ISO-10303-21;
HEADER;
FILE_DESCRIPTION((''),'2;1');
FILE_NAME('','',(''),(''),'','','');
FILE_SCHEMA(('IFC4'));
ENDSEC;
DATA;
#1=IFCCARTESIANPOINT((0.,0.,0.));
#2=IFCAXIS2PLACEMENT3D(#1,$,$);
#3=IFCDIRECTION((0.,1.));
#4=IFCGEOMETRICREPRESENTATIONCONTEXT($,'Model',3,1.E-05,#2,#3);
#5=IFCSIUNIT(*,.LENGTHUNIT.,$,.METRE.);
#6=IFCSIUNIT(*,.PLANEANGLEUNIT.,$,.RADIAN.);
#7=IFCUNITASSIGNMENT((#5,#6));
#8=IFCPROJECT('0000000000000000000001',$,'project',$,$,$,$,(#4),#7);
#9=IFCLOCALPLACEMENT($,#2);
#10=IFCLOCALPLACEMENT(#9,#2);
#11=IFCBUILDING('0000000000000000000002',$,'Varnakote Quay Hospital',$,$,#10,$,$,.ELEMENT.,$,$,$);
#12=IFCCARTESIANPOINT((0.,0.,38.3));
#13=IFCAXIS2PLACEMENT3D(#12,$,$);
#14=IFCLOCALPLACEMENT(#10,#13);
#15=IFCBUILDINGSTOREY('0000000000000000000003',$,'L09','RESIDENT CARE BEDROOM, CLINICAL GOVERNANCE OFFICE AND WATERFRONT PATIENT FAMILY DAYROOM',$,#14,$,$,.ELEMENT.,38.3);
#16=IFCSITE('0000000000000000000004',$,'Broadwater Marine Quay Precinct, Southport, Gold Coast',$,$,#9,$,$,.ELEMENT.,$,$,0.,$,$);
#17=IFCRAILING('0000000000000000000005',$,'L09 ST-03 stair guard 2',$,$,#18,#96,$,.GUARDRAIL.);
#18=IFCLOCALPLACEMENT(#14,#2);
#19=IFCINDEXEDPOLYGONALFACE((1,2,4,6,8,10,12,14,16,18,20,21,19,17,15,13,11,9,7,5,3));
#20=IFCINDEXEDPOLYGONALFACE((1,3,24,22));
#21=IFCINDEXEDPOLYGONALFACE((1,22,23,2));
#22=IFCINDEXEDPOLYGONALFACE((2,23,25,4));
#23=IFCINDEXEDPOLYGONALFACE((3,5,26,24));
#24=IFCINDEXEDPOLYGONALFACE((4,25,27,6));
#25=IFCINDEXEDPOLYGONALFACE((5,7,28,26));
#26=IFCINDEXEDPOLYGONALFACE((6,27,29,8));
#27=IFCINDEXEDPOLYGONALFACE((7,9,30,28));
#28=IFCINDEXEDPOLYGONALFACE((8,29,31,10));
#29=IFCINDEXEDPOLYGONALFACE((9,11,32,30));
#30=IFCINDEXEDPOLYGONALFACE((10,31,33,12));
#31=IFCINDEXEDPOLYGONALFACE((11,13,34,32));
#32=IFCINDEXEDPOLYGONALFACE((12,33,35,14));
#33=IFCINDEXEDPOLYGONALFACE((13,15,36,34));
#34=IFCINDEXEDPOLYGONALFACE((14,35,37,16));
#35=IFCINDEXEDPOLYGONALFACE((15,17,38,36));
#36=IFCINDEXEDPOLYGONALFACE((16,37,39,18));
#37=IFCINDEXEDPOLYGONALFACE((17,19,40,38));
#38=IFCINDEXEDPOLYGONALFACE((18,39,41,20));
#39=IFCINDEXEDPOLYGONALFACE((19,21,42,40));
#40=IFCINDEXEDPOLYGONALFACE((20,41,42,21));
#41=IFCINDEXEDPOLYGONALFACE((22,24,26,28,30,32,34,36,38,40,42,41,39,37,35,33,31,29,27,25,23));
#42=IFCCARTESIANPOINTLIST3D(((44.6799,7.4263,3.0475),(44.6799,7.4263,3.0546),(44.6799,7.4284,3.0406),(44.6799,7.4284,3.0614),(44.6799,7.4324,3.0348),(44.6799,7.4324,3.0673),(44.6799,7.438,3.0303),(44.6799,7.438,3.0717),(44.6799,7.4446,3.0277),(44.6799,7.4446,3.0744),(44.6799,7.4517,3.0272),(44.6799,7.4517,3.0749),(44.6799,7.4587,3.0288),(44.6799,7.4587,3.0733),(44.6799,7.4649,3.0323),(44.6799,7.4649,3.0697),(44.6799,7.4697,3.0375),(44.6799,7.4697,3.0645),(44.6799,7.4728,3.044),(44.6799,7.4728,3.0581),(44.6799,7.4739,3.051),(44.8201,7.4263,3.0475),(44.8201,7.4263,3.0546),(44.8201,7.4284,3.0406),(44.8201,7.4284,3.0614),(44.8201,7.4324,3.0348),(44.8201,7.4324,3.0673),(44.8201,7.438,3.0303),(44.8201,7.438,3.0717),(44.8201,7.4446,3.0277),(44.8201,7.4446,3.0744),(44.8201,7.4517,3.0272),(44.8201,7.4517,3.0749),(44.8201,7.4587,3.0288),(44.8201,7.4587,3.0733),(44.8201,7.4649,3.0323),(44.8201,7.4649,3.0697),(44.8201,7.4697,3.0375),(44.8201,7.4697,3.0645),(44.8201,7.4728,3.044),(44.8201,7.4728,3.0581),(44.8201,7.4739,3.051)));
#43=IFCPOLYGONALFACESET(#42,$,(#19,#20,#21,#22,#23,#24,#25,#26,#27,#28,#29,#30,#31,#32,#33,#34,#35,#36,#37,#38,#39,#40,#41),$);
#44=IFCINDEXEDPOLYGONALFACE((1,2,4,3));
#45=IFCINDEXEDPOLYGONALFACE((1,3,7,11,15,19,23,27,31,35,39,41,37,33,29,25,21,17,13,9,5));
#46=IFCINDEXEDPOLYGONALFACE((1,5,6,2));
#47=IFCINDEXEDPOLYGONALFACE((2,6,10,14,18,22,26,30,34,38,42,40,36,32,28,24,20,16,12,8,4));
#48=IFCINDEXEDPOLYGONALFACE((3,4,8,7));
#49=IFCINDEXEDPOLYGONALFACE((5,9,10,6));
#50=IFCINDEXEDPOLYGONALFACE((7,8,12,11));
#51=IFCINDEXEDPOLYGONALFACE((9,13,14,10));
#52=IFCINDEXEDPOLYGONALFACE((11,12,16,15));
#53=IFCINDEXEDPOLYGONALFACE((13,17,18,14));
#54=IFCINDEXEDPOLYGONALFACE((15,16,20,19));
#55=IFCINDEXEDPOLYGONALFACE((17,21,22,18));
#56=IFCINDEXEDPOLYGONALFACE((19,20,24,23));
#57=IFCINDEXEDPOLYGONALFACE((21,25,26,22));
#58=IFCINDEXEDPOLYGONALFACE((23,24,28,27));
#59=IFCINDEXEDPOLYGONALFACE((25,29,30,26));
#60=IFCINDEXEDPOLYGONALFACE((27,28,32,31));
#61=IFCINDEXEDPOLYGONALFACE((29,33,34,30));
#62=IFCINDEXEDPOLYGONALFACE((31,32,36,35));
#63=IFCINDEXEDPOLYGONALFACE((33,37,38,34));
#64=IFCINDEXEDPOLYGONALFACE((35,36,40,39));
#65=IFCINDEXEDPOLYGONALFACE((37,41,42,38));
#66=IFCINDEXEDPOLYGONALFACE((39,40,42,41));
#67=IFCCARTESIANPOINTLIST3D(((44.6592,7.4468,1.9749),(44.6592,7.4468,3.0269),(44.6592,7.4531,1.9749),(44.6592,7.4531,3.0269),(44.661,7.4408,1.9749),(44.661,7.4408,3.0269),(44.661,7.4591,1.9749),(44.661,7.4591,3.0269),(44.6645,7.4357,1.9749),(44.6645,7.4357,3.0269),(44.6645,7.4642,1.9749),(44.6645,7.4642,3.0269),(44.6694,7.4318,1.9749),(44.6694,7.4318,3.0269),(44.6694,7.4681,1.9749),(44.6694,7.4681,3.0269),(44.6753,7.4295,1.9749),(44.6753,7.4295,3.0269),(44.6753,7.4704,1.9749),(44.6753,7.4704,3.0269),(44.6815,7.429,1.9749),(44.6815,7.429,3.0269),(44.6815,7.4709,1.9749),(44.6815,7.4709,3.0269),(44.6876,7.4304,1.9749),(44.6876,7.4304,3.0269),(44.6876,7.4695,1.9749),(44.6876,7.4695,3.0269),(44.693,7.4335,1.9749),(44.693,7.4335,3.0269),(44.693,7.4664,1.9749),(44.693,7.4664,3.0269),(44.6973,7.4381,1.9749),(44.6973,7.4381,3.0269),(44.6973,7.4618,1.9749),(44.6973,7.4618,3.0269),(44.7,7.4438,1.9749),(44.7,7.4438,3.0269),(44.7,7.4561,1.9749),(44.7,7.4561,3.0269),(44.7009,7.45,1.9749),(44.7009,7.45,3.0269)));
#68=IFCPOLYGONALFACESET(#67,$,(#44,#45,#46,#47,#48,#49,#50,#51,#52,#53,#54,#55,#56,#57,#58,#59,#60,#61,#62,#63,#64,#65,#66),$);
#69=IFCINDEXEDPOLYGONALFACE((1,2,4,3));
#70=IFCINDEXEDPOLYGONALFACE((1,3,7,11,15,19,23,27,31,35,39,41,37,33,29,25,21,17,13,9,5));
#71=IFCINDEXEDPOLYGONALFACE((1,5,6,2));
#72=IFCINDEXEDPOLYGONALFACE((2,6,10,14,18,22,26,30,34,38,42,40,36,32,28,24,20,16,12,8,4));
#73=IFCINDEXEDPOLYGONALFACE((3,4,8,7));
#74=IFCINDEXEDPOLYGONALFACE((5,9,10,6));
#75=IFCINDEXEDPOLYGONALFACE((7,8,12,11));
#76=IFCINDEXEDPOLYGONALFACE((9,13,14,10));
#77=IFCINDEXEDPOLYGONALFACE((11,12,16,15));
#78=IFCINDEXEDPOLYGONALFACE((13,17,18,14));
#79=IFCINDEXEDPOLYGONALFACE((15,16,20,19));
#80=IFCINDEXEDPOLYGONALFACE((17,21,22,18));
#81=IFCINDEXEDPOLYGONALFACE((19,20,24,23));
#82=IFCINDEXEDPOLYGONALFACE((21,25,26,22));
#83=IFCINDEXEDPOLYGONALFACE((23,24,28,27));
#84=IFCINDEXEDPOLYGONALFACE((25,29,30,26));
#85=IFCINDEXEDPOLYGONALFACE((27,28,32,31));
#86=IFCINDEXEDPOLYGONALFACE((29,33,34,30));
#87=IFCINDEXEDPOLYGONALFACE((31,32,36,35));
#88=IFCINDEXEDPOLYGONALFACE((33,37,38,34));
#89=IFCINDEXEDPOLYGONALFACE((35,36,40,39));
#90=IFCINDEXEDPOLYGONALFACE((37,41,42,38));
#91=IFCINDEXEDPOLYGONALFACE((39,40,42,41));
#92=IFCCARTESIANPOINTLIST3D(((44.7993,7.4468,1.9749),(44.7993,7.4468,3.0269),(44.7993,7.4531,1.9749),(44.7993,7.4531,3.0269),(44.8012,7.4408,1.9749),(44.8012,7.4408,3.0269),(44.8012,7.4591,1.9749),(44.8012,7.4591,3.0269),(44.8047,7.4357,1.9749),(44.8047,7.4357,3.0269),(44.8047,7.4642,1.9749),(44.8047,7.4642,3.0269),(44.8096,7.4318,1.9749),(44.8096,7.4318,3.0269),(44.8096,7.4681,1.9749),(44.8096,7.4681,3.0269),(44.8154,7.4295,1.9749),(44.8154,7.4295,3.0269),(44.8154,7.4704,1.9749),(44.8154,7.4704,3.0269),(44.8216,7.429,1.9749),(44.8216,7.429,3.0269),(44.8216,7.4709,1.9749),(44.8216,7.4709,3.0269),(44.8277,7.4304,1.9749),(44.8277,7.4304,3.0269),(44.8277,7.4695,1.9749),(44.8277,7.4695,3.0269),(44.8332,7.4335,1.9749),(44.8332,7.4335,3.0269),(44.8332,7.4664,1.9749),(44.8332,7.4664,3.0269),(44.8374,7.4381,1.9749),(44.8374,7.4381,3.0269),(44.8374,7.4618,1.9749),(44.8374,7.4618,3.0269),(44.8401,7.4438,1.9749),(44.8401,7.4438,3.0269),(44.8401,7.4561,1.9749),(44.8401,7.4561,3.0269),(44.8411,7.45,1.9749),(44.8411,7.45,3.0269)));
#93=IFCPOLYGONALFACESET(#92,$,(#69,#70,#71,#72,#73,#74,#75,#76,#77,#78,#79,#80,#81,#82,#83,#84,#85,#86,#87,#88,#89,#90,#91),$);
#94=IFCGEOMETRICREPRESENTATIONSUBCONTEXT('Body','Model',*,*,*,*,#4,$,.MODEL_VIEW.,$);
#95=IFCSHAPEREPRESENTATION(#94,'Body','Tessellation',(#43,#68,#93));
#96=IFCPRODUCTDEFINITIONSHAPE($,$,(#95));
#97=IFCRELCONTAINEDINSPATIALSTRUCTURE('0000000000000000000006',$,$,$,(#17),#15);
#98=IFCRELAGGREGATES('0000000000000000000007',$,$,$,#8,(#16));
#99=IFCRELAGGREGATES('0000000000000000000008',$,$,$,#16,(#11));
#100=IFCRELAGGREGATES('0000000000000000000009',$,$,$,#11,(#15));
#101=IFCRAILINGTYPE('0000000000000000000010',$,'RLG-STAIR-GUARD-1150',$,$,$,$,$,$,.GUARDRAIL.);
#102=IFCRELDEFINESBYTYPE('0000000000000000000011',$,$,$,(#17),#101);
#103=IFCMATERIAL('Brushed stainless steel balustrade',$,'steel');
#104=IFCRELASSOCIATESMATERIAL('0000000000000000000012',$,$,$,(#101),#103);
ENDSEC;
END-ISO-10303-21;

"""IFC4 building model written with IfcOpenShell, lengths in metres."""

from ifc_helpers import new_model, si_unit, direction, frame, origin, origin_2d, place, context, subcontext, project, spatial, circle, extrude, material, type_object, element, save


model = new_model("IFC4")

# Units and contexts
model_context = context("Model", 3, precision=1e-05, world=origin(), true_north=direction((0.0, 1.0)))
body_context = subcontext(model_context, "Body", "Model", "MODEL_VIEW")
ifc_project = project(units=[si_unit("LENGTHUNIT", "METRE"), si_unit("PLANEANGLEUNIT", "RADIAN")], contexts=[model_context])

# Site, building, storey
site_placement = place(None, origin())
site = spatial("IfcSite", under=ifc_project, at=site_placement, Name="Broadwater Marine Quay Precinct, Southport, Gold Coast", CompositionType="ELEMENT", RefElevation=0.0)
building_placement = place(site_placement, origin())
building = spatial("IfcBuilding", under=site, at=building_placement, Name="Varnakote Quay Hospital", CompositionType="ELEMENT")
storey_placement = place(building_placement, frame((0.0, 0.0, 38.3)))
storey = spatial("IfcBuildingStorey", under=building, at=storey_placement, Name="L09", Description="RESIDENT CARE BEDROOM, CLINICAL GOVERNANCE OFFICE AND WATERFRONT PATIENT FAMILY DAYROOM", CompositionType="ELEMENT", Elevation=38.3)

# Railing
ifc_material_1 = material(Name="Brushed stainless steel balustrade", Category="steel")
railing_type_1 = type_object("IfcRailingType", Name="RLG-STAIR-GUARD-1150", PredefinedType="GUARDRAIL", material=ifc_material_1)
railing_1_placement = place(storey_placement, frame((44.6799, 7.45, 1.9749)))
element("IfcRailing", 1, at=railing_1_placement, inside=storey, type_object=railing_type_1, Name="L09 ST-03 stair guard 2", PredefinedType="GUARDRAIL", context=body_context, shape_type="SweptSolid", body=[
    extrude(circle(Radius=0.0239, at=origin_2d()), frame((0.0, 0.0, 1.0762), z_axis=(1.0, 0.0, 0.0), x_axis=(0.0, 1.0, 0.0)), (0.0, 0.0, 1.0), 0.1401),
    extrude(circle(Radius=0.021, at=origin_2d()), origin(), (0.0, 0.0, 1.0), 1.052),
    extrude(circle(Radius=0.021, at=origin_2d()), frame((0.1401, 0.0, 0.0)), (0.0, 0.0, 1.0), 1.052),
])

save(model, "model.ifc")
